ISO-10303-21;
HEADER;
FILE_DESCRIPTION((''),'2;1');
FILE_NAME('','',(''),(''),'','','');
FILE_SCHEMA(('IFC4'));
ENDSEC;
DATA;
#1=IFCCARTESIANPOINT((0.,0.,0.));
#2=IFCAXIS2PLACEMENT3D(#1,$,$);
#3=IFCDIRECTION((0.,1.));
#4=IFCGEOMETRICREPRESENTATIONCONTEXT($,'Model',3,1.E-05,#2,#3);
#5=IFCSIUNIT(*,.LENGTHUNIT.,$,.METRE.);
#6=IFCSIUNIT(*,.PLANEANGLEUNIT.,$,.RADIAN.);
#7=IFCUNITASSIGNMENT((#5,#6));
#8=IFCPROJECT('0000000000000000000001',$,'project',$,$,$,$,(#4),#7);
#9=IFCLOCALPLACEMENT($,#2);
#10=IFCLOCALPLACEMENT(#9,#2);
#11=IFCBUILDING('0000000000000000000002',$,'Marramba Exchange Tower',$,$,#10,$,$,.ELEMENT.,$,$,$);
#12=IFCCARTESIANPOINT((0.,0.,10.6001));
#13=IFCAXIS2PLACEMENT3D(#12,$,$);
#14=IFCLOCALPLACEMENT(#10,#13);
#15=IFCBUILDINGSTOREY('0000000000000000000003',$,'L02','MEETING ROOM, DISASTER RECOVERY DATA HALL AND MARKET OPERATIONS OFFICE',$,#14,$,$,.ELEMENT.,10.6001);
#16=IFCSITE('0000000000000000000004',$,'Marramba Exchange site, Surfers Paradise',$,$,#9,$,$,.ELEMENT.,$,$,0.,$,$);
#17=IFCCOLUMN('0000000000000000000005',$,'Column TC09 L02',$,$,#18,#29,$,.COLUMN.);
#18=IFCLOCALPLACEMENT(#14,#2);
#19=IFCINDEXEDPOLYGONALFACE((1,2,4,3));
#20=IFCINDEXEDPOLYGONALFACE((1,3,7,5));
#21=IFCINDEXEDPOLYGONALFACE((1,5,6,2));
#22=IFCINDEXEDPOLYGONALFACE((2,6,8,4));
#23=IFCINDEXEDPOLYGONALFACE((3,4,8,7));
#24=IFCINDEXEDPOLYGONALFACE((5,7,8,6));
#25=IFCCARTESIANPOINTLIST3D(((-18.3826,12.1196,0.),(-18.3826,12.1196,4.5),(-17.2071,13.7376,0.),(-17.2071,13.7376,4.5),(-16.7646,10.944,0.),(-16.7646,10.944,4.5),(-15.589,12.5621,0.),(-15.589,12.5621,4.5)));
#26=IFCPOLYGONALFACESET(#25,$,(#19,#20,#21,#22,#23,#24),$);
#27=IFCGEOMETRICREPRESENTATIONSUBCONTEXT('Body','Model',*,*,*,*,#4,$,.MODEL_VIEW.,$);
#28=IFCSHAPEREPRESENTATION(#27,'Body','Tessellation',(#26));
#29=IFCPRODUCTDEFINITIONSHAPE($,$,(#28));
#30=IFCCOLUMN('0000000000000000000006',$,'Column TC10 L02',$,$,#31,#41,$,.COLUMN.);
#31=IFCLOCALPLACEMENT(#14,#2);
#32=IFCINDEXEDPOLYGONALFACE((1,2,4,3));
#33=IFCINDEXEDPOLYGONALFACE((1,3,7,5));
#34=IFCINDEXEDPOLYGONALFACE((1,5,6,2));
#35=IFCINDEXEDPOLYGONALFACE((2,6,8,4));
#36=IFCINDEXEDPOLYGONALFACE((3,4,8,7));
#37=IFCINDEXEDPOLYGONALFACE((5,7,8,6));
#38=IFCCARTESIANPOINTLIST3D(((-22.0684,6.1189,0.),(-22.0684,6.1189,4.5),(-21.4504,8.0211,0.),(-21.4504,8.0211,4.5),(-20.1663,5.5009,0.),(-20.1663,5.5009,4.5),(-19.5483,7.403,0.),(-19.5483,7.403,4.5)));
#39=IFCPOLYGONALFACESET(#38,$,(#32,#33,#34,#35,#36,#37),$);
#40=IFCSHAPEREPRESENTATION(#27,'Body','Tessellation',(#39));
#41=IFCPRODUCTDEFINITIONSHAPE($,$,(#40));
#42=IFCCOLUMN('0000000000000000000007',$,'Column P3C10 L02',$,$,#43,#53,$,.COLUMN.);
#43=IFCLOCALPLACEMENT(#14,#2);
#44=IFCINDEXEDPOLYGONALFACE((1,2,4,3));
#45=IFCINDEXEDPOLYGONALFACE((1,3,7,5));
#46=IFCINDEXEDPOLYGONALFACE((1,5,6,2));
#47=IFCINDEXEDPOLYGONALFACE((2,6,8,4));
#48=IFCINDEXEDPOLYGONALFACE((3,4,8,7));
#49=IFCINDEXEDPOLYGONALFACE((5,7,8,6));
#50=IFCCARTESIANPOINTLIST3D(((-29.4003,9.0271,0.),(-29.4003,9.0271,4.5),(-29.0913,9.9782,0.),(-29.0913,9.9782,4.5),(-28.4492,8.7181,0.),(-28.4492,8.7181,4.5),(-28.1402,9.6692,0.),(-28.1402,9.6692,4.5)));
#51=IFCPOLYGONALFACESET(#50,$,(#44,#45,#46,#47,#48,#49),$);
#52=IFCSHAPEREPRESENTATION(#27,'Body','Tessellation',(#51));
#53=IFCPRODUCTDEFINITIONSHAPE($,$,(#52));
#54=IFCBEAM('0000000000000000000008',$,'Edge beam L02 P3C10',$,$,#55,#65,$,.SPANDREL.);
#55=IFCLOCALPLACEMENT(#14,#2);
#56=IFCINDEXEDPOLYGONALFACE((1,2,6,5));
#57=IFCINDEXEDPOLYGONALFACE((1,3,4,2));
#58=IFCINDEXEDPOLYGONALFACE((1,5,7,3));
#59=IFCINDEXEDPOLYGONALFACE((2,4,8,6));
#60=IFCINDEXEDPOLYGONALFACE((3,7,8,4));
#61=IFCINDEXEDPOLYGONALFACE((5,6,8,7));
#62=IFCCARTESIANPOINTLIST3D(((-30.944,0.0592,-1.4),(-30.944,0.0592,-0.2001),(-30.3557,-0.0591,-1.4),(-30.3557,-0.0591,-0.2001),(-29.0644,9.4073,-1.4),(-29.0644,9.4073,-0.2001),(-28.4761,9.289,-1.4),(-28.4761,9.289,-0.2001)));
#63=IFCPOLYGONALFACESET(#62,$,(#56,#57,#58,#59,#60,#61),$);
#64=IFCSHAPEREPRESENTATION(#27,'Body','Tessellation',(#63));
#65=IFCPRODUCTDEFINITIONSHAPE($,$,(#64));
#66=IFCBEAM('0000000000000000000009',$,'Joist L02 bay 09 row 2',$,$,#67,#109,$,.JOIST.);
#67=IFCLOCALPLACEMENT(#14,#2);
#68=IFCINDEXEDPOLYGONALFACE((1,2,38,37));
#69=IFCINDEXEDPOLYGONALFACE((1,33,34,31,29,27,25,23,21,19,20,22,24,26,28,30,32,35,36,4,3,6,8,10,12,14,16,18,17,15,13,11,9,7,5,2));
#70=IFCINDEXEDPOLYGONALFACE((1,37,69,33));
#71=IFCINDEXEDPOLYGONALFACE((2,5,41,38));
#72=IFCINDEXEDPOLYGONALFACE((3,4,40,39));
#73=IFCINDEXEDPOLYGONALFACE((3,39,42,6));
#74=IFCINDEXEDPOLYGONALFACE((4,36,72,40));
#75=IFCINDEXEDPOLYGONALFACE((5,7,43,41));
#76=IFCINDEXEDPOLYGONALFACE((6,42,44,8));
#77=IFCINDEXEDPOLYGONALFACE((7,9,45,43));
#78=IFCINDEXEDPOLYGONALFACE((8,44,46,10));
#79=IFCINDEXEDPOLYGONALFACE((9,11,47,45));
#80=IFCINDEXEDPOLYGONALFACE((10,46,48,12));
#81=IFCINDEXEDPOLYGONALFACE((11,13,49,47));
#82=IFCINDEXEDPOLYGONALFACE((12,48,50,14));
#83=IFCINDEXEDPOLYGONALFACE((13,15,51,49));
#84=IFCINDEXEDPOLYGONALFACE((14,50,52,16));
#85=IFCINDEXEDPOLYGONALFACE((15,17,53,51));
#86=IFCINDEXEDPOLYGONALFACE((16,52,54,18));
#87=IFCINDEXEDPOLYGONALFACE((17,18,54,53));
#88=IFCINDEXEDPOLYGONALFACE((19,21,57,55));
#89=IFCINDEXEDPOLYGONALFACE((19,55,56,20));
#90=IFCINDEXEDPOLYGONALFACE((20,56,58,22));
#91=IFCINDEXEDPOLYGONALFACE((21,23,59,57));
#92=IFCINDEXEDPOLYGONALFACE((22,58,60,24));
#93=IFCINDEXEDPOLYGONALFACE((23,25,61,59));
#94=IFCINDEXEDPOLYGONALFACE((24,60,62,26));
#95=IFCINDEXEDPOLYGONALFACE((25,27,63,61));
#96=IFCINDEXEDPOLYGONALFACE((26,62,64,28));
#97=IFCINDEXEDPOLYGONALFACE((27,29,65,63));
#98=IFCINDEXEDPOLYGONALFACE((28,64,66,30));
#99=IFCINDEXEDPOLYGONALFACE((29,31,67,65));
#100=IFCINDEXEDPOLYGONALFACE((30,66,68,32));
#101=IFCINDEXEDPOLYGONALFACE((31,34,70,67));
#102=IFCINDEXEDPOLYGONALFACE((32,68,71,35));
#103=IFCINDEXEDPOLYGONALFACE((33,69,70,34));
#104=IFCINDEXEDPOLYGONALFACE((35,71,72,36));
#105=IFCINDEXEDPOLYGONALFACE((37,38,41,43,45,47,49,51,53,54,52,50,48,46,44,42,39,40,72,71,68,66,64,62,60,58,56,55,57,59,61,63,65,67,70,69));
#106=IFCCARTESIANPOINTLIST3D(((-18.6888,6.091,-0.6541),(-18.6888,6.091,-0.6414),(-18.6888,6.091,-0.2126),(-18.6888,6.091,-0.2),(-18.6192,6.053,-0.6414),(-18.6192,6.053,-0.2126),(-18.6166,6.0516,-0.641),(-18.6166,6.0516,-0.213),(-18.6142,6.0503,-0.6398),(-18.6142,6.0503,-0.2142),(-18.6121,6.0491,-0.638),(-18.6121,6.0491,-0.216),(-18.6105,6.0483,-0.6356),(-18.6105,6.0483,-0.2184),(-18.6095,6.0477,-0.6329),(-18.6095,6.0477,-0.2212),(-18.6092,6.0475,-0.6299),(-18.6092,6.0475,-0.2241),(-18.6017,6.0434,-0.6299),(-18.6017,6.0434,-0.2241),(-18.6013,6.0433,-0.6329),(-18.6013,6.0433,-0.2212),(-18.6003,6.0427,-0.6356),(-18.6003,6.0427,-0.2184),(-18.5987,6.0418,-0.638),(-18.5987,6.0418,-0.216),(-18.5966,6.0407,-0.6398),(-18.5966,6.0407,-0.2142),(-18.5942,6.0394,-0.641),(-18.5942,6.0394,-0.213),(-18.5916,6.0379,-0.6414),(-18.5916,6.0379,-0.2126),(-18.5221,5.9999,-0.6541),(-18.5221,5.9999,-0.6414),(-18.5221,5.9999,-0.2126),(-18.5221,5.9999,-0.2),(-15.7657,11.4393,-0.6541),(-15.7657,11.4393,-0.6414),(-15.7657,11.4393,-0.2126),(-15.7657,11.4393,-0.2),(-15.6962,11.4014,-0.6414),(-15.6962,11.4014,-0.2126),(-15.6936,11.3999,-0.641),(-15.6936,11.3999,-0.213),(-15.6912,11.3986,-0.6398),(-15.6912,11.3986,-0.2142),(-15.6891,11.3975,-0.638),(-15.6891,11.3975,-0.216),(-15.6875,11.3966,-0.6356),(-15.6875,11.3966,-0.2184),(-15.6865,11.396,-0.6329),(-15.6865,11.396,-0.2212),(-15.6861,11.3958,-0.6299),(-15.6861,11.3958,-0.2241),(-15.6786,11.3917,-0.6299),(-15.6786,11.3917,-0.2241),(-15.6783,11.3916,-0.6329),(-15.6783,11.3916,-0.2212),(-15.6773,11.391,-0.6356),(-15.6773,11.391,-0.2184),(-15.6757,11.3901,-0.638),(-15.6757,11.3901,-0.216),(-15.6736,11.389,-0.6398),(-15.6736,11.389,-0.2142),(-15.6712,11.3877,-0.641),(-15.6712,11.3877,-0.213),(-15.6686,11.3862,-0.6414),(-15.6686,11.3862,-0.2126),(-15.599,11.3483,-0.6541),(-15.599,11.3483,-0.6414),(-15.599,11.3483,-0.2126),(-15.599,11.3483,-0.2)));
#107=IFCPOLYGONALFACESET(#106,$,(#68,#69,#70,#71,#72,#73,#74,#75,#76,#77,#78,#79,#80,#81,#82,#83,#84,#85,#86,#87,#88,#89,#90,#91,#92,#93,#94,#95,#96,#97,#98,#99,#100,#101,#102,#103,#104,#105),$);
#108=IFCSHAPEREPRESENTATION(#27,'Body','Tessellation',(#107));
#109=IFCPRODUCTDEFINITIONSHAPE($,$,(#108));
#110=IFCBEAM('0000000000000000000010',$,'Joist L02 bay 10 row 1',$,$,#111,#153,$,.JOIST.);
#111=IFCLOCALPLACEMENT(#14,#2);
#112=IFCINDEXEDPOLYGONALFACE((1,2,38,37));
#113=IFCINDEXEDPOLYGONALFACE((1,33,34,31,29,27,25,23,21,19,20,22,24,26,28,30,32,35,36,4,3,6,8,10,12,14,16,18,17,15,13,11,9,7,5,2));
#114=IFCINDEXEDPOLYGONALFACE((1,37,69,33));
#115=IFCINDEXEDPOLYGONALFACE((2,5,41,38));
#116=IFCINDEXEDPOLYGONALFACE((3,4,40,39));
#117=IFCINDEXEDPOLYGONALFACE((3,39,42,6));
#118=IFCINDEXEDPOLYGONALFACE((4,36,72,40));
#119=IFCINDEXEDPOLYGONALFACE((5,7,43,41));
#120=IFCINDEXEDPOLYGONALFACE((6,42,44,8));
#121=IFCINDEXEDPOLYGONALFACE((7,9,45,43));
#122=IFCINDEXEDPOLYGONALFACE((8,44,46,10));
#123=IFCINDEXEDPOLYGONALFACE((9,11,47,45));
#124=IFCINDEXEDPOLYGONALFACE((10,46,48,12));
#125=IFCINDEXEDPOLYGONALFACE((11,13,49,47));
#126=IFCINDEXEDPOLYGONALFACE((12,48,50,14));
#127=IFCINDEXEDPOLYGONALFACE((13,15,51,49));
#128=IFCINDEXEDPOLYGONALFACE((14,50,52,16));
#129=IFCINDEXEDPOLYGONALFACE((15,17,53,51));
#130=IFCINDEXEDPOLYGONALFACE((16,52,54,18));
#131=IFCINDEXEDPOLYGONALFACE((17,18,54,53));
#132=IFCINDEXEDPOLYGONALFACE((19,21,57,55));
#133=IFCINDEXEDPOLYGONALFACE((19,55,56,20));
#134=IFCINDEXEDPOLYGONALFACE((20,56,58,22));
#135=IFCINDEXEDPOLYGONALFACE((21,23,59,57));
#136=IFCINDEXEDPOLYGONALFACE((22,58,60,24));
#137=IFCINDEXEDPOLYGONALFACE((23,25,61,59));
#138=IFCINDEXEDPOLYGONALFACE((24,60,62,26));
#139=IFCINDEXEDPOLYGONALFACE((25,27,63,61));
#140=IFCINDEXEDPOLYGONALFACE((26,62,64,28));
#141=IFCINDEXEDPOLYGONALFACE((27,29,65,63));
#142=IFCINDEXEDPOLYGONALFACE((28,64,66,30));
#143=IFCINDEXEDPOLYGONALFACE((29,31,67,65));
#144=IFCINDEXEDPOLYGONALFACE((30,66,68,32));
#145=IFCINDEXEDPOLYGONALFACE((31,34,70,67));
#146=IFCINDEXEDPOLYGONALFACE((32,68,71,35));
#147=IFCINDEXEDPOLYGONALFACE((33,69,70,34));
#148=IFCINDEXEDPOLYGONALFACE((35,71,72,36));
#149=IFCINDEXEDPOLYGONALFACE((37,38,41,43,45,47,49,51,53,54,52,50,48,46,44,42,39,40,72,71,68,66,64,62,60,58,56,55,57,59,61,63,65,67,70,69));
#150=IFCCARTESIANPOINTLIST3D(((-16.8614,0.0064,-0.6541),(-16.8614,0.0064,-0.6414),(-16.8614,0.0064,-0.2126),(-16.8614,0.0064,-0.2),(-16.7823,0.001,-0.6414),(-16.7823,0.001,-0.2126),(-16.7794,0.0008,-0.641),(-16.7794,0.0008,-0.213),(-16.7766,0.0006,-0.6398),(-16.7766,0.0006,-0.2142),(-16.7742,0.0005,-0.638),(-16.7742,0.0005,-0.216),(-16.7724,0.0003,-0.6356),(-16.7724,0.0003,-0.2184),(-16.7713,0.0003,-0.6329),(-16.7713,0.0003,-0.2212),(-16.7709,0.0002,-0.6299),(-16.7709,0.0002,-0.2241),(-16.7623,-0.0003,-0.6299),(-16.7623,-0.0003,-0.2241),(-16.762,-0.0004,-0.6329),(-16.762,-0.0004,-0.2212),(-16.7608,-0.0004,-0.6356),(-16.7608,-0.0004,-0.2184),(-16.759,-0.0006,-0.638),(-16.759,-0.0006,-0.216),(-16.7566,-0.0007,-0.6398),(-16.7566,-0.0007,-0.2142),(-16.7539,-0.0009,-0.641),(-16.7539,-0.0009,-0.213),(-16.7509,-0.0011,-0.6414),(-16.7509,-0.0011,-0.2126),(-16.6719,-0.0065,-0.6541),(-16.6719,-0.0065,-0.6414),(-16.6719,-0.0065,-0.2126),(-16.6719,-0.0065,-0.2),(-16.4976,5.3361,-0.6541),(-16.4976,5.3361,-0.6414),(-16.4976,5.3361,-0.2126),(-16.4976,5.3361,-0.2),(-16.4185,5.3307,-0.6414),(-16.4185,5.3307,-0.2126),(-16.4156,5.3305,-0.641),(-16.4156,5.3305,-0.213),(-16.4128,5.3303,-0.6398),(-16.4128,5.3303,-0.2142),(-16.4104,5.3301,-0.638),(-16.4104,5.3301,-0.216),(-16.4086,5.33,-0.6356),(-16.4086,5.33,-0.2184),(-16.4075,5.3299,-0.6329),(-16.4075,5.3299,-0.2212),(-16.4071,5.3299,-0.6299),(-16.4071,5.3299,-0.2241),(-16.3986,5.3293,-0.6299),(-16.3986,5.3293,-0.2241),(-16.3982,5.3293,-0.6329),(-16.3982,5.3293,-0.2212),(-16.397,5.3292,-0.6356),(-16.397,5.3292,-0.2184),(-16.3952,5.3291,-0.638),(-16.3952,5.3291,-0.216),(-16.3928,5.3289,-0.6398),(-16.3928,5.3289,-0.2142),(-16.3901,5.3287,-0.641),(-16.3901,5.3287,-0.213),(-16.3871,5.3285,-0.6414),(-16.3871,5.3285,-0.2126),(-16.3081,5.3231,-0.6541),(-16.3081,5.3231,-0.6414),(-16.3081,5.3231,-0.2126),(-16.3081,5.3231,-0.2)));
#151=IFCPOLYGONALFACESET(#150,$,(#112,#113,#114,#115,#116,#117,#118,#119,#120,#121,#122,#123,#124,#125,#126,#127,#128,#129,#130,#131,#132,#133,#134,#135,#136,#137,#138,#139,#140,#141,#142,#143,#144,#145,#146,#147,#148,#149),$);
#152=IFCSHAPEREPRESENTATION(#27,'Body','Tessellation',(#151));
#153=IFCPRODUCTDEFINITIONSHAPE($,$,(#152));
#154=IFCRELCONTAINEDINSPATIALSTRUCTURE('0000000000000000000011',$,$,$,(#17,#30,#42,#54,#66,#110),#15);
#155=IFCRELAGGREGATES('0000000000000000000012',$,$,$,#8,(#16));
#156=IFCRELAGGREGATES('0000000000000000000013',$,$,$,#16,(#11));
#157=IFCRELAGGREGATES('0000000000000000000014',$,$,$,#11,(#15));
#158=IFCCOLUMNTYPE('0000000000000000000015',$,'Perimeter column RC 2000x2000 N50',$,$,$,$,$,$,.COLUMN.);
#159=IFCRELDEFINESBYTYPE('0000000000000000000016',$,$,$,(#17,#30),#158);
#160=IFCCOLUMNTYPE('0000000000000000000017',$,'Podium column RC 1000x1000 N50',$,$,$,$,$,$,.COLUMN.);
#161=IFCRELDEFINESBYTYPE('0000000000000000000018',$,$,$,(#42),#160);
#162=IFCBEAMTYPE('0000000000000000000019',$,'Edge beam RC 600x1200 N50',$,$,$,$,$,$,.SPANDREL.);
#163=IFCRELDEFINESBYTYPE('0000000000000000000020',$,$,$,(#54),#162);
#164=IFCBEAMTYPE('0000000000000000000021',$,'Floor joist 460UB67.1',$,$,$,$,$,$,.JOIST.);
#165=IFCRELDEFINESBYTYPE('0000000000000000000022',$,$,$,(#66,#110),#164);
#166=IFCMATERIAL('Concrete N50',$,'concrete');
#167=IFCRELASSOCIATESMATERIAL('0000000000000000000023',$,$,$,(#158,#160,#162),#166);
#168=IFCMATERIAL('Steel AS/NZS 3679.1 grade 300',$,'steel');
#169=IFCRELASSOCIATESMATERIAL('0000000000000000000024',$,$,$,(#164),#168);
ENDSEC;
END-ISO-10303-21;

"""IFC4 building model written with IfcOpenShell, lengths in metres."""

from ifc_helpers import new_model, si_unit, direction, frame, origin, origin_2d, place, context, subcontext, project, spatial, rectangle, i_section, extrude, material, material_profile, profile_set, type_object, element, save


model = new_model("IFC4")

# Units and contexts
model_context = context("Model", 3, precision=1e-05, world=origin(), true_north=direction((0.0, 1.0)))
body_context = subcontext(model_context, "Body", "Model", "MODEL_VIEW")
ifc_project = project(units=[si_unit("LENGTHUNIT", "METRE"), si_unit("PLANEANGLEUNIT", "RADIAN")], contexts=[model_context])

# Site, building, storey
site_placement = place(None, origin())
site = spatial("IfcSite", under=ifc_project, at=site_placement, Name="Marramba Exchange site, Surfers Paradise", CompositionType="ELEMENT", RefElevation=0.0)
building_placement = place(site_placement, origin())
building = spatial("IfcBuilding", under=site, at=building_placement, Name="Marramba Exchange Tower", CompositionType="ELEMENT")
storey_placement = place(building_placement, frame((0.0, 0.0, 10.6001)))
storey = spatial("IfcBuildingStorey", under=building, at=storey_placement, Name="L02", Description="MEETING ROOM, DISASTER RECOVERY DATA HALL AND MARKET OPERATIONS OFFICE", CompositionType="ELEMENT", Elevation=10.6001)

# Columns
ifc_material_1 = material(Name="Concrete N50", Category="concrete")
ifc_material_profile_1 = material_profile(ifc_material_1, rectangle(XDim=2.0, YDim=2.0, at=origin_2d()), Name="RC 2000x2000")
ifc_profile_set_1 = profile_set([ifc_material_profile_1], Name="Concrete N50")
column_type_1 = type_object("IfcColumnType", Name="Perimeter column RC 2000x2000 N50", PredefinedType="COLUMN", material=ifc_profile_set_1)
for number, where, z_axis, x_axis, name in (
    (1, (-16.9858, 12.3408, 0.0), (0.0, 0.0, 1.0), (-0.809017, 0.587785, 0.0), "Column TC09 L02"),
    (2, (-20.8083, 6.761, 0.0), (0.0, 0.0, 1.0), (-0.951057, 0.309017, 0.0), "Column TC10 L02"),
):
    element("IfcColumn", number, at=place(storey_placement, frame(where, z_axis=z_axis, x_axis=x_axis)), inside=storey, type_object=column_type_1, Name=name, PredefinedType="COLUMN", context=body_context, shape_type="SweptSolid", body=[
        extrude(rectangle(XDim=2.0, YDim=2.0, at=origin_2d()), origin(), (0.0, 0.0, 1.0), 4.5),
    ])
ifc_material_profile_2 = material_profile(ifc_material_1, rectangle(XDim=1.0, YDim=1.0, at=origin_2d()), Name="RC 1000x1000")
ifc_profile_set_2 = profile_set([ifc_material_profile_2], Name="Concrete N50")
column_type_2 = type_object("IfcColumnType", Name="Podium column RC 1000x1000 N50", PredefinedType="COLUMN", material=ifc_profile_set_2)
column_placement = place(storey_placement, frame((-28.7703, 9.3481, 0.0), z_axis=(0.0, 0.0, 1.0), x_axis=(-0.951057, 0.309017, 0.0)))
element("IfcColumn", 3, at=column_placement, inside=storey, type_object=column_type_2, Name="Column P3C10 L02", PredefinedType="COLUMN", context=body_context, shape_type="SweptSolid", body=[
    extrude(rectangle(XDim=1.0, YDim=1.0, at=origin_2d()), origin(), (0.0, 0.0, 1.0), 4.5),
])

# Beams
ifc_material_profile_3 = material_profile(ifc_material_1, rectangle(XDim=0.6001, YDim=1.2, at=origin_2d()), Name="RC 600x1200")
ifc_profile_set_3 = profile_set([ifc_material_profile_3], Name="Concrete N50")
beam_type_1 = type_object("IfcBeamType", Name="Edge beam RC 600x1200 N50", PredefinedType="SPANDREL", material=ifc_profile_set_3)
beam_1_placement = place(storey_placement, frame((-28.7703, 9.3481, -0.8), z_axis=(-0.197125, -0.980378, 0.0), x_axis=(0.980378, -0.197125, 0.0)))
element("IfcBeam", 4, at=beam_1_placement, inside=storey, type_object=beam_type_1, Name="Edge beam L02 P3C10", PredefinedType="SPANDREL", context=body_context, shape_type="SweptSolid", body=[
    extrude(rectangle(XDim=0.6001, YDim=1.2, at=origin_2d()), origin(), (0.0, 0.0, 1.0), 9.5352),
])
ifc_material_2 = material(Name="Steel AS/NZS 3679.1 grade 300", Category="steel")
ifc_material_profile_4 = material_profile(ifc_material_2, i_section(OverallWidth=0.1899, OverallDepth=0.4541, WebThickness=0.0085, FlangeThickness=0.0127, FilletRadius=0.0115, at=origin_2d()), Name="460UB67.1")
ifc_profile_set_4 = profile_set([ifc_material_profile_4], Name="Steel AS/NZS 3679.1 grade 300")
beam_type_2 = type_object("IfcBeamType", Name="Floor joist 460UB67.1", PredefinedType="JOIST", material=ifc_profile_set_4)
beam_2_placement = place(storey_placement, frame((-15.6824, 11.3938, -0.427), z_axis=(-0.479584, -0.877496, 0.0), x_axis=(0.877496, -0.479584, 0.0)))
element("IfcBeam", 5, at=beam_2_placement, inside=storey, type_object=beam_type_2, Name="Joist L02 bay 09 row 2", PredefinedType="JOIST", context=body_context, shape_type="SweptSolid", body=[
    extrude(i_section(OverallWidth=0.1899, OverallDepth=0.4541, WebThickness=0.0085, FlangeThickness=0.0127, FilletRadius=0.0115, at=origin_2d()), origin(), (0.0, 0.0, 1.0), 6.095),
])
beam_3_placement = place(storey_placement, frame((-16.4028, 5.3296, -0.427), z_axis=(-0.068096, -0.997679, 0.0), x_axis=(0.997679, -0.068096, 0.0)))
element("IfcBeam", 6, at=beam_3_placement, inside=storey, type_object=beam_type_2, Name="Joist L02 bay 10 row 1", PredefinedType="JOIST", context=body_context, shape_type="SweptSolid", body=[
    extrude(i_section(OverallWidth=0.1899, OverallDepth=0.4541, WebThickness=0.0085, FlangeThickness=0.0127, FilletRadius=0.0115, at=origin_2d()), origin(), (0.0, 0.0, 1.0), 5.342),
])

save(model, "model.ifc")
